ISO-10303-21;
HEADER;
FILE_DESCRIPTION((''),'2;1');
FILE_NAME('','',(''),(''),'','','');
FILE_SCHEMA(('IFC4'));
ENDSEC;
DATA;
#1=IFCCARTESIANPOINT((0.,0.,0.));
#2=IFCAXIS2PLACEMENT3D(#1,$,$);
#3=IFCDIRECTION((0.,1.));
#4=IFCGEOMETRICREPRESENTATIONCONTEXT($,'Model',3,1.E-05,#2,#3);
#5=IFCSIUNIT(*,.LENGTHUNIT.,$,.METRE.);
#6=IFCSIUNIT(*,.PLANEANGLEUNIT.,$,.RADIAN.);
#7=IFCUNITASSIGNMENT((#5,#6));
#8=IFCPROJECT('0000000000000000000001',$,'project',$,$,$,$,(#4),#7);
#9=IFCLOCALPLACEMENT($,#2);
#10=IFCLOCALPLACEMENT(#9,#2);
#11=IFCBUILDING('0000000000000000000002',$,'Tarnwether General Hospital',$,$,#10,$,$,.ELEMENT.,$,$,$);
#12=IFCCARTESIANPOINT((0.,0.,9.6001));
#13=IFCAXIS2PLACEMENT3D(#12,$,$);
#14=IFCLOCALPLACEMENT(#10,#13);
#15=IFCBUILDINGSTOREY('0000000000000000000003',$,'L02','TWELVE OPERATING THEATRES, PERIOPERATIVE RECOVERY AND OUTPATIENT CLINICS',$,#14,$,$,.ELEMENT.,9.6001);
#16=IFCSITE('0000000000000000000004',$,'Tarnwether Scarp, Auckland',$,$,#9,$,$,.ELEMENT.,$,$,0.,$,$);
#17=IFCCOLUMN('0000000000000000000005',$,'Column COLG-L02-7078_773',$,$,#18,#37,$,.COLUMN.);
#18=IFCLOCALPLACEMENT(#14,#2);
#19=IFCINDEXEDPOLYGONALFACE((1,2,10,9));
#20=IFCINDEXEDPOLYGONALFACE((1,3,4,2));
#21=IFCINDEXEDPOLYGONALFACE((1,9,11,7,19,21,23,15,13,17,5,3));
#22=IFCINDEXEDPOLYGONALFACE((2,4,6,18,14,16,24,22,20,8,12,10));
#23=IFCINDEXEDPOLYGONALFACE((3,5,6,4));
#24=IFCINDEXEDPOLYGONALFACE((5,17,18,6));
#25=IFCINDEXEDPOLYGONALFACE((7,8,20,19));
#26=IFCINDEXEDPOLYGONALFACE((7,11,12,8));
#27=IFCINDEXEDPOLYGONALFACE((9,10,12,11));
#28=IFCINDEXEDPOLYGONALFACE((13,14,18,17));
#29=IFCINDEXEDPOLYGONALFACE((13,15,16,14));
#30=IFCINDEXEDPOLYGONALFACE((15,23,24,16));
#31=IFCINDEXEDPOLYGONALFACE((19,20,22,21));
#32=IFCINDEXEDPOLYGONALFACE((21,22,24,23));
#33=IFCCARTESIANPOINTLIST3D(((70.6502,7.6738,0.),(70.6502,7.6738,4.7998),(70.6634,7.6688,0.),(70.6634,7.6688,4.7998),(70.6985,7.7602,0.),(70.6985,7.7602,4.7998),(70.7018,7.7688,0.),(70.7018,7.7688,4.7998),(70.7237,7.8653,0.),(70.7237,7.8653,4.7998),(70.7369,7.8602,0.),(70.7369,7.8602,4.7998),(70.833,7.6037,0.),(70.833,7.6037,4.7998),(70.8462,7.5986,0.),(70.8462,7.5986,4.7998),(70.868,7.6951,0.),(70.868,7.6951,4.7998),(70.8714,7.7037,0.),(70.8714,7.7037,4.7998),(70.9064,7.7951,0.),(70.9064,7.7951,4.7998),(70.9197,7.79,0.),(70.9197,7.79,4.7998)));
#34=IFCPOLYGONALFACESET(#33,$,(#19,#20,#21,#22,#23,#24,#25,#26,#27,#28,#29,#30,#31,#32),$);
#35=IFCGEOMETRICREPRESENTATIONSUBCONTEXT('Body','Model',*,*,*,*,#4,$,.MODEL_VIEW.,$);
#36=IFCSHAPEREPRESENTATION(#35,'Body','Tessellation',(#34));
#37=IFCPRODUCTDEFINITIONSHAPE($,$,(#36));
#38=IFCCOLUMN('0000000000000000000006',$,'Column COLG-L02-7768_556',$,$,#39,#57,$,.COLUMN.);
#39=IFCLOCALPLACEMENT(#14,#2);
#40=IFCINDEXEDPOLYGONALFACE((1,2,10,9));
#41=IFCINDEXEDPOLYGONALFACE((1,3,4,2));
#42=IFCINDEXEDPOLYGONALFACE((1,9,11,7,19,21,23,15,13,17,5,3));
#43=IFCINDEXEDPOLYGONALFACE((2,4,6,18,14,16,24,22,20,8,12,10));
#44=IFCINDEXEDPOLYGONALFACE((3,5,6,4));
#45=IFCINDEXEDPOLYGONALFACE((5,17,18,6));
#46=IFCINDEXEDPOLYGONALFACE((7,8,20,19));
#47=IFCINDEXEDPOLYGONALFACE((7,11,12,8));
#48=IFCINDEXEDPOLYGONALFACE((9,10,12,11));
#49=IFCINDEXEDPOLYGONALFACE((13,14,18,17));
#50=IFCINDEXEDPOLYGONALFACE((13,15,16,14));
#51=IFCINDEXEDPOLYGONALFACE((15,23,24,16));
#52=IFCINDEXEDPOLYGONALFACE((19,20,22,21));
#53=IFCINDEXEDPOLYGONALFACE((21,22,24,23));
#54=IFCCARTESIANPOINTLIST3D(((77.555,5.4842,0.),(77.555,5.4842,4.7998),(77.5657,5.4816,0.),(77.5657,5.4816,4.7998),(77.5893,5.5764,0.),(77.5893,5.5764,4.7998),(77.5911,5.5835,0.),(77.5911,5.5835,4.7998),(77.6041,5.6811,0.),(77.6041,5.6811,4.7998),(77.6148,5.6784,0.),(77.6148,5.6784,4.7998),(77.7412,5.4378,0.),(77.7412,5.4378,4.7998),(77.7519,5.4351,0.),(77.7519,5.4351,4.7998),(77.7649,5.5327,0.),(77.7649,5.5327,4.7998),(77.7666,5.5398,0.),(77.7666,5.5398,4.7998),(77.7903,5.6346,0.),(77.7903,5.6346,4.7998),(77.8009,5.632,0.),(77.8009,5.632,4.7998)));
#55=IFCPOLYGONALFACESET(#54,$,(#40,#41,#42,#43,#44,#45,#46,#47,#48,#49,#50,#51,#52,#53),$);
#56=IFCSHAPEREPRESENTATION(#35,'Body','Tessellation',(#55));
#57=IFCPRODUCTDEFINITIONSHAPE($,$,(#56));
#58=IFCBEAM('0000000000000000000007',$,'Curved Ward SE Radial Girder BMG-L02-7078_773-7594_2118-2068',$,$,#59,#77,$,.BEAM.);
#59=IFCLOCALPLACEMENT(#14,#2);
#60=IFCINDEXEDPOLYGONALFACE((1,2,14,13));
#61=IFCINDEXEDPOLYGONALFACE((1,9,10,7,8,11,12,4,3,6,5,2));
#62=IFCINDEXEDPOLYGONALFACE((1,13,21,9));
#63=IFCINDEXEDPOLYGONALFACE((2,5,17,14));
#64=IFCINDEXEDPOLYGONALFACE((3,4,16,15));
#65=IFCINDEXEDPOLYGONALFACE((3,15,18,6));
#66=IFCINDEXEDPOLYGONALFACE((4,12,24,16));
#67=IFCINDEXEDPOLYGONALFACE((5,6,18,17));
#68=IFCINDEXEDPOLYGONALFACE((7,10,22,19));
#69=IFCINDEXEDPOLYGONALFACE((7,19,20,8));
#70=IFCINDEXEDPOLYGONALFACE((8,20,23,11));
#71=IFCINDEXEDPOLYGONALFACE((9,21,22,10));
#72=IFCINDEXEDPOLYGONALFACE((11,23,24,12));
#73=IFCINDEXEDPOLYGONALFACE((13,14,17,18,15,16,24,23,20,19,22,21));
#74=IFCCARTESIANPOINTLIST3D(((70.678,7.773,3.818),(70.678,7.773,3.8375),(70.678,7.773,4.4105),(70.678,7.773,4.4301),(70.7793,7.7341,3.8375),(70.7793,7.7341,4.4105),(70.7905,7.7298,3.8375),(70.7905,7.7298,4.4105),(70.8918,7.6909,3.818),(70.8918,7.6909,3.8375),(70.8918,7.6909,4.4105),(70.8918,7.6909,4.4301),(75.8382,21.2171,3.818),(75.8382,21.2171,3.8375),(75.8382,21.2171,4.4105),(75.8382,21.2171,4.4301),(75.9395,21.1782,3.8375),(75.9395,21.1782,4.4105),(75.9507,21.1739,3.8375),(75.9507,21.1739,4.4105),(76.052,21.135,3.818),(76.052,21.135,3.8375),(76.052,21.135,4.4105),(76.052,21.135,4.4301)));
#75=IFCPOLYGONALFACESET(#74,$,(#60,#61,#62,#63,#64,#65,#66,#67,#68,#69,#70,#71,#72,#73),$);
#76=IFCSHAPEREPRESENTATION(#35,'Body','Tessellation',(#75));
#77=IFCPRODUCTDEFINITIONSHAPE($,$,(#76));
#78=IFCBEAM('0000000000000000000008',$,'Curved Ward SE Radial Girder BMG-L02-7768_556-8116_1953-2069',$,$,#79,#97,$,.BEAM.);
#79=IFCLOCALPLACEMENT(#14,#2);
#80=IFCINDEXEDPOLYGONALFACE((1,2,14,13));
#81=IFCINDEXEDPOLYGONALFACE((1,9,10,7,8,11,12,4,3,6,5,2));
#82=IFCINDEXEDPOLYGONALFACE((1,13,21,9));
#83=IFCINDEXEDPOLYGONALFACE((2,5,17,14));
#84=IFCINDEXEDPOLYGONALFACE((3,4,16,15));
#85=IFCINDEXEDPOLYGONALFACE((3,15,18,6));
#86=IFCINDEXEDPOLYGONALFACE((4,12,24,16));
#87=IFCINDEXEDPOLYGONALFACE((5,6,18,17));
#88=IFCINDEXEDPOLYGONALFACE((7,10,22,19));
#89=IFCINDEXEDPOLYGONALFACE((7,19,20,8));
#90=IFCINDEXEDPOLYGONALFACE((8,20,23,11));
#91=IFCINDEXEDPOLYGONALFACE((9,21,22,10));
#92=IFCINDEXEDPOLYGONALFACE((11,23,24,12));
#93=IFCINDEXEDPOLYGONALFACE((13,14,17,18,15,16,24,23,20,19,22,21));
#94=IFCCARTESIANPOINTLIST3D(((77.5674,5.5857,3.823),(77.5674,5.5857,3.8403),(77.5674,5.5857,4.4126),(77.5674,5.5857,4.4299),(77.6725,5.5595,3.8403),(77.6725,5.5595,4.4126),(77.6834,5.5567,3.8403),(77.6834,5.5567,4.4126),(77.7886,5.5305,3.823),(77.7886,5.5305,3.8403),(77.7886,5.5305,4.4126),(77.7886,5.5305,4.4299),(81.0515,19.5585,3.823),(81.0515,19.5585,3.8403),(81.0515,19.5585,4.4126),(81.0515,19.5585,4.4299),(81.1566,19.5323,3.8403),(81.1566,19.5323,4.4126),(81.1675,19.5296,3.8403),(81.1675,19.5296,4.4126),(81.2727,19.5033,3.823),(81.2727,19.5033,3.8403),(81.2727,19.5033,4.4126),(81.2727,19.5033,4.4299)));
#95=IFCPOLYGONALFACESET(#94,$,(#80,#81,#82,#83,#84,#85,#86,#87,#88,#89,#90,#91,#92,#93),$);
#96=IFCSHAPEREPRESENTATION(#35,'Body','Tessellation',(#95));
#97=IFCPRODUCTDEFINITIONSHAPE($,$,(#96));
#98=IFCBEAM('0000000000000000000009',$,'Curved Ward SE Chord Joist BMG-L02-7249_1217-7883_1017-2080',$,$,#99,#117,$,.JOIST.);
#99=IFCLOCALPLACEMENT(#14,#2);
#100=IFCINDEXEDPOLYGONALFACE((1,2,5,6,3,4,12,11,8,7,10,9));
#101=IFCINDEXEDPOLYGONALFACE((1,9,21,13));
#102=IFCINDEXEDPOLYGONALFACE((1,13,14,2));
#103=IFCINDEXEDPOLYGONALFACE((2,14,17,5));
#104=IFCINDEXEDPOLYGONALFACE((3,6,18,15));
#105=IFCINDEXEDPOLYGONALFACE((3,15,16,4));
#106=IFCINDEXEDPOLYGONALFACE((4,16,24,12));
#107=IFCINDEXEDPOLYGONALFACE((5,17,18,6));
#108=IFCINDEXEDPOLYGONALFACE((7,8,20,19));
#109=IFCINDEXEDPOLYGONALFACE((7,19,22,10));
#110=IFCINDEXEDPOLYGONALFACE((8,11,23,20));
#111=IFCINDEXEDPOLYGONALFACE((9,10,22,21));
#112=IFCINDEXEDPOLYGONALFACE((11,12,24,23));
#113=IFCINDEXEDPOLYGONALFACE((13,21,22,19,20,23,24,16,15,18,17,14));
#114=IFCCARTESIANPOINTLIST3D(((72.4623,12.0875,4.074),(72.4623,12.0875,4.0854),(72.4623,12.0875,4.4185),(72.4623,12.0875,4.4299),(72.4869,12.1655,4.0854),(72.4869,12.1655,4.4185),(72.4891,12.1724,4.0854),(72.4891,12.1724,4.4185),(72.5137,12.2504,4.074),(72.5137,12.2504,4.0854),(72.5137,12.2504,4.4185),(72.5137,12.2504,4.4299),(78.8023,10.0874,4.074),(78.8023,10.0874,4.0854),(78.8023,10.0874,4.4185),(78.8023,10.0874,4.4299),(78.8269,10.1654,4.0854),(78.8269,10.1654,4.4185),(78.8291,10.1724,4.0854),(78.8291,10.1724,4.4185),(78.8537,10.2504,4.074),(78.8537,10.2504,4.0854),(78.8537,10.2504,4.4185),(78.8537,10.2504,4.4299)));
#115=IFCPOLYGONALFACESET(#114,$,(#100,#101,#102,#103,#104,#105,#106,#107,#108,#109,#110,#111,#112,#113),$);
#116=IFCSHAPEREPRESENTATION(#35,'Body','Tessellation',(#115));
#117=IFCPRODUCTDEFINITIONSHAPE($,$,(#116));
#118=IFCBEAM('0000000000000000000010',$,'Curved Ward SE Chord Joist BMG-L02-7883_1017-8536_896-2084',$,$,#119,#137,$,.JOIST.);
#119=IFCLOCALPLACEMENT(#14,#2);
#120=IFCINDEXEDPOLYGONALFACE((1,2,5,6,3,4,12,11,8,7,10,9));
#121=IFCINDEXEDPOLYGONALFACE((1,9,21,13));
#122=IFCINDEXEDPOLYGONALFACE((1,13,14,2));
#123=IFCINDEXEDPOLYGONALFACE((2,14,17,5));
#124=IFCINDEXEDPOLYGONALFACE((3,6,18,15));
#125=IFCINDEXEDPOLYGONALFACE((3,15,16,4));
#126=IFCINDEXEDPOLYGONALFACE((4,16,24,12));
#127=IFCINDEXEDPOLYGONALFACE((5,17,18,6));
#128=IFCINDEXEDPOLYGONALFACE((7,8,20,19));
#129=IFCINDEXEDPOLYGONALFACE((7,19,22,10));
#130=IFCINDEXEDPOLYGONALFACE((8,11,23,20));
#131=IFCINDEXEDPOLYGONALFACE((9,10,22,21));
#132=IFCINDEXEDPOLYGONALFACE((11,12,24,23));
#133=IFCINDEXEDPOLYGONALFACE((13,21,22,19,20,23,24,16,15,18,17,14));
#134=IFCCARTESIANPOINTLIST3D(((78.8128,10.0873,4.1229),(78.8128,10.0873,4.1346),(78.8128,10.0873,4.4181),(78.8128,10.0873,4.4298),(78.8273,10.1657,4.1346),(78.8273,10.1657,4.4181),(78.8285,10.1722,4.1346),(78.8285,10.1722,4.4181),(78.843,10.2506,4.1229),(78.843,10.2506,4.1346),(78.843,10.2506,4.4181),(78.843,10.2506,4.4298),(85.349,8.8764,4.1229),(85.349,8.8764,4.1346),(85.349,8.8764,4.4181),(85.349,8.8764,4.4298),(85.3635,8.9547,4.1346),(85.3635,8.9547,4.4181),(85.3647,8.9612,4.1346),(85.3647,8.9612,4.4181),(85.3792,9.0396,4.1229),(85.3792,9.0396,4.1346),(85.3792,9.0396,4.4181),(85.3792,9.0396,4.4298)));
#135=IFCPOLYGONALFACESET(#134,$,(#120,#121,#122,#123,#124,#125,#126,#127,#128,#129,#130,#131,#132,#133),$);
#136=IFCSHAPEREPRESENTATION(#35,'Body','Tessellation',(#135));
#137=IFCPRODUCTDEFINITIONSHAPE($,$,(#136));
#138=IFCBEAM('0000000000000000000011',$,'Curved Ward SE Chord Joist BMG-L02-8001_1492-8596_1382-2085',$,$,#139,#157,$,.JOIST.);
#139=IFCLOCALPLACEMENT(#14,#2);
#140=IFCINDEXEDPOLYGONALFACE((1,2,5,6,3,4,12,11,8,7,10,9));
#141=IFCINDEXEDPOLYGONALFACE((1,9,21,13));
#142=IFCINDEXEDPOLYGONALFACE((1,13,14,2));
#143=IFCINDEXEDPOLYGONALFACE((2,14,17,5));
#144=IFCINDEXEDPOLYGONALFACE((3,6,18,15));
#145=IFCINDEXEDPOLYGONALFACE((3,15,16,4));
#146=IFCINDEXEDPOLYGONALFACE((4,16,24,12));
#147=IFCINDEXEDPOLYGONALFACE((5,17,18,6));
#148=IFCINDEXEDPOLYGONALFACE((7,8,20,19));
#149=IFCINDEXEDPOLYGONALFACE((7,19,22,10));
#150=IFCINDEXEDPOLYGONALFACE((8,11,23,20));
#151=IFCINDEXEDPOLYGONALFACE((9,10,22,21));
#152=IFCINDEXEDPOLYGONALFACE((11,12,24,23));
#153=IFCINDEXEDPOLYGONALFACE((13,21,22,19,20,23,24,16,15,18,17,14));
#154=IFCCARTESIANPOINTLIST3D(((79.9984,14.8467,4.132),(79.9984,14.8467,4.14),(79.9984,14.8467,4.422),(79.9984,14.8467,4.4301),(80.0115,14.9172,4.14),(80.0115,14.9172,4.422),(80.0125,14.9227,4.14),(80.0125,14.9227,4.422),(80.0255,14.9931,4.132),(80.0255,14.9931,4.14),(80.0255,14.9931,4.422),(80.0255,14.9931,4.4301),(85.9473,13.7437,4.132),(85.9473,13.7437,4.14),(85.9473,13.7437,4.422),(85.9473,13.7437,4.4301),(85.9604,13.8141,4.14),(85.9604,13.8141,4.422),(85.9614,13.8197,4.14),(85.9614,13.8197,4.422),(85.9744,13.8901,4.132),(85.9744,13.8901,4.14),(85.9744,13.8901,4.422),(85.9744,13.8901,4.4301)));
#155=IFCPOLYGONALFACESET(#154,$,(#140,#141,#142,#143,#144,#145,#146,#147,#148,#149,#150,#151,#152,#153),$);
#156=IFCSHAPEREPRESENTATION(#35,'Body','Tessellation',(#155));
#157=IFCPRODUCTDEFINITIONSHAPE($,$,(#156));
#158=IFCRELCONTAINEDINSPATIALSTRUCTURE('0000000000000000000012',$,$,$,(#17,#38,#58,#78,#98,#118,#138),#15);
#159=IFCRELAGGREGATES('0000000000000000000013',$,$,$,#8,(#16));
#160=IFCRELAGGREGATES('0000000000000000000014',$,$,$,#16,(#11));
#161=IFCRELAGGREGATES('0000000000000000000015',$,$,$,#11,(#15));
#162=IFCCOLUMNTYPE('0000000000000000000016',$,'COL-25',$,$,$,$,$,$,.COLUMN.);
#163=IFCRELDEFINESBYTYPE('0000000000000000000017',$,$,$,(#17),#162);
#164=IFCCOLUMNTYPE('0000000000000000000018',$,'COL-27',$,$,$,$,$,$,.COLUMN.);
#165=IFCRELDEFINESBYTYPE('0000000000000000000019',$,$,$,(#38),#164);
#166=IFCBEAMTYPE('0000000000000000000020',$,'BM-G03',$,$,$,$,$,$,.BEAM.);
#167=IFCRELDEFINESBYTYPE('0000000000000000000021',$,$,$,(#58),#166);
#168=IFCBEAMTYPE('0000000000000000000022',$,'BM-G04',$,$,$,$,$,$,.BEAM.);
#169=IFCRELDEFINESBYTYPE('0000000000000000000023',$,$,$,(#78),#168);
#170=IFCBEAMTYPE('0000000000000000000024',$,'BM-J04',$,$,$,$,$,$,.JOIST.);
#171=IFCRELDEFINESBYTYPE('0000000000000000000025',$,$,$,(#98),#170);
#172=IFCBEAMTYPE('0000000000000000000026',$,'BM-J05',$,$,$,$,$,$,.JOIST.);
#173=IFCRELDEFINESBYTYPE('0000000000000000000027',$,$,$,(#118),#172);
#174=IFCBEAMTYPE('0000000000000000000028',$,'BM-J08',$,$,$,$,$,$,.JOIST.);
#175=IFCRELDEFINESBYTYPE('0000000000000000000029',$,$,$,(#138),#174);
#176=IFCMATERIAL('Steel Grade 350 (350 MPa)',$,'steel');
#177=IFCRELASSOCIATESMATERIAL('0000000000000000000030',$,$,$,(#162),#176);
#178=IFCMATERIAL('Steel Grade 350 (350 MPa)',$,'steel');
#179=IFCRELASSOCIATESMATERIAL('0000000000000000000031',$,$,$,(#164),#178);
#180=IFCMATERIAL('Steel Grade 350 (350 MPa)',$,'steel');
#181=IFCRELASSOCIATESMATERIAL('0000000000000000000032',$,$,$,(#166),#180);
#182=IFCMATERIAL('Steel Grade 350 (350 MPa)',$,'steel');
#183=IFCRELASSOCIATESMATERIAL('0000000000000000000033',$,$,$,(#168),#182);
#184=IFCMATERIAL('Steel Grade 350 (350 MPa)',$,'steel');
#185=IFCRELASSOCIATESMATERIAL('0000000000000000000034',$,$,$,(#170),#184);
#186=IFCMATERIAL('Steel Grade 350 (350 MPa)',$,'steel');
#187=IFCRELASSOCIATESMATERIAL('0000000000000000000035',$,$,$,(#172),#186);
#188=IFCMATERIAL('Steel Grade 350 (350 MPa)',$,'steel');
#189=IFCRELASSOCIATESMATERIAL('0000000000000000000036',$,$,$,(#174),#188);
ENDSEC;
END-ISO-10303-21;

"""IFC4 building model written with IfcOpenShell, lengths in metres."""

from ifc_helpers import new_model, si_unit, direction, frame, origin, origin_2d, place, context, subcontext, project, spatial, i_section, extrude, material, material_profile, profile_set, type_object, element, save


model = new_model("IFC4")

# Units and contexts
model_context = context("Model", 3, precision=1e-05, world=origin(), true_north=direction((0.0, 1.0)))
body_context = subcontext(model_context, "Body", "Model", "MODEL_VIEW")
ifc_project = project(units=[si_unit("LENGTHUNIT", "METRE"), si_unit("PLANEANGLEUNIT", "RADIAN")], contexts=[model_context])

# Site, building, storey
site_placement = place(None, origin())
site = spatial("IfcSite", under=ifc_project, at=site_placement, Name="Tarnwether Scarp, Auckland", CompositionType="ELEMENT", RefElevation=0.0)
building_placement = place(site_placement, origin())
building = spatial("IfcBuilding", under=site, at=building_placement, Name="Tarnwether General Hospital", CompositionType="ELEMENT")
storey_placement = place(building_placement, frame((0.0, 0.0, 9.6001)))
storey = spatial("IfcBuildingStorey", under=building, at=storey_placement, Name="L02", Description="TWELVE OPERATING THEATRES, PERIOPERATIVE RECOVERY AND OUTPATIENT CLINICS", CompositionType="ELEMENT", Elevation=9.6001)

# Columns
ifc_material_1 = material(Name="Steel Grade 350 (350 MPa)", Category="steel")
ifc_material_profile_1 = material_profile(ifc_material_1, i_section(OverallWidth=0.2051, OverallDepth=0.21, WebThickness=0.0093, FlangeThickness=0.0142, at=origin_2d()), Name="200UC59.5")
ifc_profile_set_1 = profile_set([ifc_material_profile_1], Name="Steel Grade 350 (350 MPa)")
column_type_1 = type_object("IfcColumnType", Name="COL-25", PredefinedType="COLUMN", material=ifc_profile_set_1)
column_1_placement = place(storey_placement, frame((70.7849, 7.7319, 0.0), z_axis=(0.0, 0.0, 1.0), x_axis=(0.358368, 0.93358, 0.0)))
element("IfcColumn", 1, at=column_1_placement, inside=storey, type_object=column_type_1, Name="Column COLG-L02-7078_773", PredefinedType="COLUMN", context=body_context, shape_type="SweptSolid", body=[
    extrude(i_section(OverallWidth=0.2051, OverallDepth=0.21, WebThickness=0.0093, FlangeThickness=0.0142, at=origin_2d()), origin(), (0.0, 0.0, 1.0), 4.7998),
])
ifc_material_2 = material(Name="Steel Grade 350 (350 MPa)", Category="steel")
ifc_material_profile_2 = material_profile(ifc_material_2, i_section(OverallWidth=0.2029, OverallDepth=0.2029, WebThickness=0.0073, FlangeThickness=0.011, at=origin_2d()), Name="200UC46.2")
ifc_profile_set_2 = profile_set([ifc_material_profile_2], Name="Steel Grade 350 (350 MPa)")
column_type_2 = type_object("IfcColumnType", Name="COL-27", PredefinedType="COLUMN", material=ifc_profile_set_2)
column_2_placement = place(storey_placement, frame((77.678, 5.5581, 0.0), z_axis=(0.0, 0.0, 1.0), x_axis=(0.241922, 0.970296, 0.0)))
element("IfcColumn", 2, at=column_2_placement, inside=storey, type_object=column_type_2, Name="Column COLG-L02-7768_556", PredefinedType="COLUMN", context=body_context, shape_type="SweptSolid", body=[
    extrude(i_section(OverallWidth=0.2029, OverallDepth=0.2029, WebThickness=0.0073, FlangeThickness=0.011, at=origin_2d()), origin(), (0.0, 0.0, 1.0), 4.7998),
])

# Beams
ifc_material_3 = material(Name="Steel Grade 350 (350 MPa)", Category="steel")
ifc_material_profile_3 = material_profile(ifc_material_3, i_section(OverallWidth=0.229, OverallDepth=0.6121, WebThickness=0.012, FlangeThickness=0.0195, at=origin_2d()), Name="610UB125")
ifc_profile_set_3 = profile_set([ifc_material_profile_3], Name="Steel Grade 350 (350 MPa)")
beam_type_1 = type_object("IfcBeamType", Name="BM-G03", PredefinedType="BEAM", material=ifc_profile_set_3)
beam_1_placement = place(storey_placement, frame((70.7849, 7.7319, 4.124), z_axis=(0.358335, 0.933593, 0.0), x_axis=(-0.933593, 0.358335, 0.0)))
element("IfcBeam", 3, at=beam_1_placement, inside=storey, type_object=beam_type_1, Name="Curved Ward SE Radial Girder BMG-L02-7078_773-7594_2118-2068", PredefinedType="BEAM", context=body_context, shape_type="SweptSolid", body=[
    extrude(i_section(OverallWidth=0.229, OverallDepth=0.6121, WebThickness=0.012, FlangeThickness=0.0195, at=origin_2d()), origin(), (0.0, 0.0, 1.0), 14.4004),
])
ifc_material_4 = material(Name="Steel Grade 350 (350 MPa)", Category="steel")
ifc_material_profile_4 = material_profile(ifc_material_4, i_section(OverallWidth=0.228, OverallDepth=0.6069, WebThickness=0.0112, FlangeThickness=0.0173, at=origin_2d()), Name="610UB113")
ifc_profile_set_4 = profile_set([ifc_material_profile_4], Name="Steel Grade 350 (350 MPa)")
beam_type_2 = type_object("IfcBeamType", Name="BM-G04", PredefinedType="BEAM", material=ifc_profile_set_4)
beam_2_placement = place(storey_placement, frame((77.678, 5.5581, 4.1265), z_axis=(0.241941, 0.970291, 0.0), x_axis=(-0.970291, 0.241941, 0.0)))
element("IfcBeam", 4, at=beam_2_placement, inside=storey, type_object=beam_type_2, Name="Curved Ward SE Radial Girder BMG-L02-7768_556-8116_1953-2069", PredefinedType="BEAM", context=body_context, shape_type="SweptSolid", body=[
    extrude(i_section(OverallWidth=0.228, OverallDepth=0.6069, WebThickness=0.0112, FlangeThickness=0.0173, at=origin_2d()), origin(), (0.0, 0.0, 1.0), 14.4006),
])
ifc_material_5 = material(Name="Steel Grade 350 (350 MPa)", Category="steel")
ifc_material_profile_5 = material_profile(ifc_material_5, i_section(OverallWidth=0.1709, OverallDepth=0.356, WebThickness=0.0073, FlangeThickness=0.0115, at=origin_2d()), Name="360UB50.7")
ifc_profile_set_5 = profile_set([ifc_material_profile_5], Name="Steel Grade 350 (350 MPa)")
beam_type_3 = type_object("IfcBeamType", Name="BM-J04", PredefinedType="JOIST", material=ifc_profile_set_5)
beam_3_placement = place(storey_placement, frame((72.488, 12.1689, 4.252), z_axis=(0.953671, -0.30085, 0.0), x_axis=(0.30085, 0.953671, 0.0)))
element("IfcBeam", 5, at=beam_3_placement, inside=storey, type_object=beam_type_3, Name="Curved Ward SE Chord Joist BMG-L02-7249_1217-7883_1017-2080", PredefinedType="JOIST", context=body_context, shape_type="SweptSolid", body=[
    extrude(i_section(OverallWidth=0.1709, OverallDepth=0.356, WebThickness=0.0073, FlangeThickness=0.0115, at=origin_2d()), origin(), (0.0, 0.0, 1.0), 6.6479),
])
ifc_material_6 = material(Name="Steel Grade 350 (350 MPa)", Category="steel")
ifc_material_profile_6 = material_profile(ifc_material_6, i_section(OverallWidth=0.166, OverallDepth=0.3069, WebThickness=0.0066, FlangeThickness=0.0117, at=origin_2d()), Name="310UB46.2")
ifc_profile_set_6 = profile_set([ifc_material_profile_6], Name="Steel Grade 350 (350 MPa)")
beam_type_4 = type_object("IfcBeamType", Name="BM-J05", PredefinedType="JOIST", material=ifc_profile_set_6)
beam_4_placement = place(storey_placement, frame((78.8279, 10.1689, 4.2764), z_axis=(0.983267, -0.182168, 0.0), x_axis=(0.182168, 0.983267, 0.0)))
element("IfcBeam", 6, at=beam_4_placement, inside=storey, type_object=beam_type_4, Name="Curved Ward SE Chord Joist BMG-L02-7883_1017-8536_896-2084", PredefinedType="JOIST", context=body_context, shape_type="SweptSolid", body=[
    extrude(i_section(OverallWidth=0.166, OverallDepth=0.3069, WebThickness=0.0066, FlangeThickness=0.0117, at=origin_2d()), origin(), (0.0, 0.0, 1.0), 6.6475),
])
ifc_material_7 = material(Name="Steel Grade 350 (350 MPa)", Category="steel")
ifc_material_profile_7 = material_profile(ifc_material_7, i_section(OverallWidth=0.1489, OverallDepth=0.2981, WebThickness=0.0056, FlangeThickness=0.0081, at=origin_2d()), Name="310UB32.0")
ifc_profile_set_7 = profile_set([ifc_material_profile_7], Name="Steel Grade 350 (350 MPa)")
beam_type_5 = type_object("IfcBeamType", Name="BM-J08", PredefinedType="JOIST", material=ifc_profile_set_7)
beam_5_placement = place(storey_placement, frame((80.012, 14.9199, 4.281), z_axis=(0.983242, -0.182307, 0.0), x_axis=(0.182307, 0.983242, 0.0)))
element("IfcBeam", 7, at=beam_5_placement, inside=storey, type_object=beam_type_5, Name="Curved Ward SE Chord Joist BMG-L02-8001_1492-8596_1382-2085", PredefinedType="JOIST", context=body_context, shape_type="SweptSolid", body=[
    extrude(i_section(OverallWidth=0.1489, OverallDepth=0.2981, WebThickness=0.0056, FlangeThickness=0.0081, at=origin_2d()), origin(), (0.0, 0.0, 1.0), 6.0503),
])

save(model, "model.ifc")
